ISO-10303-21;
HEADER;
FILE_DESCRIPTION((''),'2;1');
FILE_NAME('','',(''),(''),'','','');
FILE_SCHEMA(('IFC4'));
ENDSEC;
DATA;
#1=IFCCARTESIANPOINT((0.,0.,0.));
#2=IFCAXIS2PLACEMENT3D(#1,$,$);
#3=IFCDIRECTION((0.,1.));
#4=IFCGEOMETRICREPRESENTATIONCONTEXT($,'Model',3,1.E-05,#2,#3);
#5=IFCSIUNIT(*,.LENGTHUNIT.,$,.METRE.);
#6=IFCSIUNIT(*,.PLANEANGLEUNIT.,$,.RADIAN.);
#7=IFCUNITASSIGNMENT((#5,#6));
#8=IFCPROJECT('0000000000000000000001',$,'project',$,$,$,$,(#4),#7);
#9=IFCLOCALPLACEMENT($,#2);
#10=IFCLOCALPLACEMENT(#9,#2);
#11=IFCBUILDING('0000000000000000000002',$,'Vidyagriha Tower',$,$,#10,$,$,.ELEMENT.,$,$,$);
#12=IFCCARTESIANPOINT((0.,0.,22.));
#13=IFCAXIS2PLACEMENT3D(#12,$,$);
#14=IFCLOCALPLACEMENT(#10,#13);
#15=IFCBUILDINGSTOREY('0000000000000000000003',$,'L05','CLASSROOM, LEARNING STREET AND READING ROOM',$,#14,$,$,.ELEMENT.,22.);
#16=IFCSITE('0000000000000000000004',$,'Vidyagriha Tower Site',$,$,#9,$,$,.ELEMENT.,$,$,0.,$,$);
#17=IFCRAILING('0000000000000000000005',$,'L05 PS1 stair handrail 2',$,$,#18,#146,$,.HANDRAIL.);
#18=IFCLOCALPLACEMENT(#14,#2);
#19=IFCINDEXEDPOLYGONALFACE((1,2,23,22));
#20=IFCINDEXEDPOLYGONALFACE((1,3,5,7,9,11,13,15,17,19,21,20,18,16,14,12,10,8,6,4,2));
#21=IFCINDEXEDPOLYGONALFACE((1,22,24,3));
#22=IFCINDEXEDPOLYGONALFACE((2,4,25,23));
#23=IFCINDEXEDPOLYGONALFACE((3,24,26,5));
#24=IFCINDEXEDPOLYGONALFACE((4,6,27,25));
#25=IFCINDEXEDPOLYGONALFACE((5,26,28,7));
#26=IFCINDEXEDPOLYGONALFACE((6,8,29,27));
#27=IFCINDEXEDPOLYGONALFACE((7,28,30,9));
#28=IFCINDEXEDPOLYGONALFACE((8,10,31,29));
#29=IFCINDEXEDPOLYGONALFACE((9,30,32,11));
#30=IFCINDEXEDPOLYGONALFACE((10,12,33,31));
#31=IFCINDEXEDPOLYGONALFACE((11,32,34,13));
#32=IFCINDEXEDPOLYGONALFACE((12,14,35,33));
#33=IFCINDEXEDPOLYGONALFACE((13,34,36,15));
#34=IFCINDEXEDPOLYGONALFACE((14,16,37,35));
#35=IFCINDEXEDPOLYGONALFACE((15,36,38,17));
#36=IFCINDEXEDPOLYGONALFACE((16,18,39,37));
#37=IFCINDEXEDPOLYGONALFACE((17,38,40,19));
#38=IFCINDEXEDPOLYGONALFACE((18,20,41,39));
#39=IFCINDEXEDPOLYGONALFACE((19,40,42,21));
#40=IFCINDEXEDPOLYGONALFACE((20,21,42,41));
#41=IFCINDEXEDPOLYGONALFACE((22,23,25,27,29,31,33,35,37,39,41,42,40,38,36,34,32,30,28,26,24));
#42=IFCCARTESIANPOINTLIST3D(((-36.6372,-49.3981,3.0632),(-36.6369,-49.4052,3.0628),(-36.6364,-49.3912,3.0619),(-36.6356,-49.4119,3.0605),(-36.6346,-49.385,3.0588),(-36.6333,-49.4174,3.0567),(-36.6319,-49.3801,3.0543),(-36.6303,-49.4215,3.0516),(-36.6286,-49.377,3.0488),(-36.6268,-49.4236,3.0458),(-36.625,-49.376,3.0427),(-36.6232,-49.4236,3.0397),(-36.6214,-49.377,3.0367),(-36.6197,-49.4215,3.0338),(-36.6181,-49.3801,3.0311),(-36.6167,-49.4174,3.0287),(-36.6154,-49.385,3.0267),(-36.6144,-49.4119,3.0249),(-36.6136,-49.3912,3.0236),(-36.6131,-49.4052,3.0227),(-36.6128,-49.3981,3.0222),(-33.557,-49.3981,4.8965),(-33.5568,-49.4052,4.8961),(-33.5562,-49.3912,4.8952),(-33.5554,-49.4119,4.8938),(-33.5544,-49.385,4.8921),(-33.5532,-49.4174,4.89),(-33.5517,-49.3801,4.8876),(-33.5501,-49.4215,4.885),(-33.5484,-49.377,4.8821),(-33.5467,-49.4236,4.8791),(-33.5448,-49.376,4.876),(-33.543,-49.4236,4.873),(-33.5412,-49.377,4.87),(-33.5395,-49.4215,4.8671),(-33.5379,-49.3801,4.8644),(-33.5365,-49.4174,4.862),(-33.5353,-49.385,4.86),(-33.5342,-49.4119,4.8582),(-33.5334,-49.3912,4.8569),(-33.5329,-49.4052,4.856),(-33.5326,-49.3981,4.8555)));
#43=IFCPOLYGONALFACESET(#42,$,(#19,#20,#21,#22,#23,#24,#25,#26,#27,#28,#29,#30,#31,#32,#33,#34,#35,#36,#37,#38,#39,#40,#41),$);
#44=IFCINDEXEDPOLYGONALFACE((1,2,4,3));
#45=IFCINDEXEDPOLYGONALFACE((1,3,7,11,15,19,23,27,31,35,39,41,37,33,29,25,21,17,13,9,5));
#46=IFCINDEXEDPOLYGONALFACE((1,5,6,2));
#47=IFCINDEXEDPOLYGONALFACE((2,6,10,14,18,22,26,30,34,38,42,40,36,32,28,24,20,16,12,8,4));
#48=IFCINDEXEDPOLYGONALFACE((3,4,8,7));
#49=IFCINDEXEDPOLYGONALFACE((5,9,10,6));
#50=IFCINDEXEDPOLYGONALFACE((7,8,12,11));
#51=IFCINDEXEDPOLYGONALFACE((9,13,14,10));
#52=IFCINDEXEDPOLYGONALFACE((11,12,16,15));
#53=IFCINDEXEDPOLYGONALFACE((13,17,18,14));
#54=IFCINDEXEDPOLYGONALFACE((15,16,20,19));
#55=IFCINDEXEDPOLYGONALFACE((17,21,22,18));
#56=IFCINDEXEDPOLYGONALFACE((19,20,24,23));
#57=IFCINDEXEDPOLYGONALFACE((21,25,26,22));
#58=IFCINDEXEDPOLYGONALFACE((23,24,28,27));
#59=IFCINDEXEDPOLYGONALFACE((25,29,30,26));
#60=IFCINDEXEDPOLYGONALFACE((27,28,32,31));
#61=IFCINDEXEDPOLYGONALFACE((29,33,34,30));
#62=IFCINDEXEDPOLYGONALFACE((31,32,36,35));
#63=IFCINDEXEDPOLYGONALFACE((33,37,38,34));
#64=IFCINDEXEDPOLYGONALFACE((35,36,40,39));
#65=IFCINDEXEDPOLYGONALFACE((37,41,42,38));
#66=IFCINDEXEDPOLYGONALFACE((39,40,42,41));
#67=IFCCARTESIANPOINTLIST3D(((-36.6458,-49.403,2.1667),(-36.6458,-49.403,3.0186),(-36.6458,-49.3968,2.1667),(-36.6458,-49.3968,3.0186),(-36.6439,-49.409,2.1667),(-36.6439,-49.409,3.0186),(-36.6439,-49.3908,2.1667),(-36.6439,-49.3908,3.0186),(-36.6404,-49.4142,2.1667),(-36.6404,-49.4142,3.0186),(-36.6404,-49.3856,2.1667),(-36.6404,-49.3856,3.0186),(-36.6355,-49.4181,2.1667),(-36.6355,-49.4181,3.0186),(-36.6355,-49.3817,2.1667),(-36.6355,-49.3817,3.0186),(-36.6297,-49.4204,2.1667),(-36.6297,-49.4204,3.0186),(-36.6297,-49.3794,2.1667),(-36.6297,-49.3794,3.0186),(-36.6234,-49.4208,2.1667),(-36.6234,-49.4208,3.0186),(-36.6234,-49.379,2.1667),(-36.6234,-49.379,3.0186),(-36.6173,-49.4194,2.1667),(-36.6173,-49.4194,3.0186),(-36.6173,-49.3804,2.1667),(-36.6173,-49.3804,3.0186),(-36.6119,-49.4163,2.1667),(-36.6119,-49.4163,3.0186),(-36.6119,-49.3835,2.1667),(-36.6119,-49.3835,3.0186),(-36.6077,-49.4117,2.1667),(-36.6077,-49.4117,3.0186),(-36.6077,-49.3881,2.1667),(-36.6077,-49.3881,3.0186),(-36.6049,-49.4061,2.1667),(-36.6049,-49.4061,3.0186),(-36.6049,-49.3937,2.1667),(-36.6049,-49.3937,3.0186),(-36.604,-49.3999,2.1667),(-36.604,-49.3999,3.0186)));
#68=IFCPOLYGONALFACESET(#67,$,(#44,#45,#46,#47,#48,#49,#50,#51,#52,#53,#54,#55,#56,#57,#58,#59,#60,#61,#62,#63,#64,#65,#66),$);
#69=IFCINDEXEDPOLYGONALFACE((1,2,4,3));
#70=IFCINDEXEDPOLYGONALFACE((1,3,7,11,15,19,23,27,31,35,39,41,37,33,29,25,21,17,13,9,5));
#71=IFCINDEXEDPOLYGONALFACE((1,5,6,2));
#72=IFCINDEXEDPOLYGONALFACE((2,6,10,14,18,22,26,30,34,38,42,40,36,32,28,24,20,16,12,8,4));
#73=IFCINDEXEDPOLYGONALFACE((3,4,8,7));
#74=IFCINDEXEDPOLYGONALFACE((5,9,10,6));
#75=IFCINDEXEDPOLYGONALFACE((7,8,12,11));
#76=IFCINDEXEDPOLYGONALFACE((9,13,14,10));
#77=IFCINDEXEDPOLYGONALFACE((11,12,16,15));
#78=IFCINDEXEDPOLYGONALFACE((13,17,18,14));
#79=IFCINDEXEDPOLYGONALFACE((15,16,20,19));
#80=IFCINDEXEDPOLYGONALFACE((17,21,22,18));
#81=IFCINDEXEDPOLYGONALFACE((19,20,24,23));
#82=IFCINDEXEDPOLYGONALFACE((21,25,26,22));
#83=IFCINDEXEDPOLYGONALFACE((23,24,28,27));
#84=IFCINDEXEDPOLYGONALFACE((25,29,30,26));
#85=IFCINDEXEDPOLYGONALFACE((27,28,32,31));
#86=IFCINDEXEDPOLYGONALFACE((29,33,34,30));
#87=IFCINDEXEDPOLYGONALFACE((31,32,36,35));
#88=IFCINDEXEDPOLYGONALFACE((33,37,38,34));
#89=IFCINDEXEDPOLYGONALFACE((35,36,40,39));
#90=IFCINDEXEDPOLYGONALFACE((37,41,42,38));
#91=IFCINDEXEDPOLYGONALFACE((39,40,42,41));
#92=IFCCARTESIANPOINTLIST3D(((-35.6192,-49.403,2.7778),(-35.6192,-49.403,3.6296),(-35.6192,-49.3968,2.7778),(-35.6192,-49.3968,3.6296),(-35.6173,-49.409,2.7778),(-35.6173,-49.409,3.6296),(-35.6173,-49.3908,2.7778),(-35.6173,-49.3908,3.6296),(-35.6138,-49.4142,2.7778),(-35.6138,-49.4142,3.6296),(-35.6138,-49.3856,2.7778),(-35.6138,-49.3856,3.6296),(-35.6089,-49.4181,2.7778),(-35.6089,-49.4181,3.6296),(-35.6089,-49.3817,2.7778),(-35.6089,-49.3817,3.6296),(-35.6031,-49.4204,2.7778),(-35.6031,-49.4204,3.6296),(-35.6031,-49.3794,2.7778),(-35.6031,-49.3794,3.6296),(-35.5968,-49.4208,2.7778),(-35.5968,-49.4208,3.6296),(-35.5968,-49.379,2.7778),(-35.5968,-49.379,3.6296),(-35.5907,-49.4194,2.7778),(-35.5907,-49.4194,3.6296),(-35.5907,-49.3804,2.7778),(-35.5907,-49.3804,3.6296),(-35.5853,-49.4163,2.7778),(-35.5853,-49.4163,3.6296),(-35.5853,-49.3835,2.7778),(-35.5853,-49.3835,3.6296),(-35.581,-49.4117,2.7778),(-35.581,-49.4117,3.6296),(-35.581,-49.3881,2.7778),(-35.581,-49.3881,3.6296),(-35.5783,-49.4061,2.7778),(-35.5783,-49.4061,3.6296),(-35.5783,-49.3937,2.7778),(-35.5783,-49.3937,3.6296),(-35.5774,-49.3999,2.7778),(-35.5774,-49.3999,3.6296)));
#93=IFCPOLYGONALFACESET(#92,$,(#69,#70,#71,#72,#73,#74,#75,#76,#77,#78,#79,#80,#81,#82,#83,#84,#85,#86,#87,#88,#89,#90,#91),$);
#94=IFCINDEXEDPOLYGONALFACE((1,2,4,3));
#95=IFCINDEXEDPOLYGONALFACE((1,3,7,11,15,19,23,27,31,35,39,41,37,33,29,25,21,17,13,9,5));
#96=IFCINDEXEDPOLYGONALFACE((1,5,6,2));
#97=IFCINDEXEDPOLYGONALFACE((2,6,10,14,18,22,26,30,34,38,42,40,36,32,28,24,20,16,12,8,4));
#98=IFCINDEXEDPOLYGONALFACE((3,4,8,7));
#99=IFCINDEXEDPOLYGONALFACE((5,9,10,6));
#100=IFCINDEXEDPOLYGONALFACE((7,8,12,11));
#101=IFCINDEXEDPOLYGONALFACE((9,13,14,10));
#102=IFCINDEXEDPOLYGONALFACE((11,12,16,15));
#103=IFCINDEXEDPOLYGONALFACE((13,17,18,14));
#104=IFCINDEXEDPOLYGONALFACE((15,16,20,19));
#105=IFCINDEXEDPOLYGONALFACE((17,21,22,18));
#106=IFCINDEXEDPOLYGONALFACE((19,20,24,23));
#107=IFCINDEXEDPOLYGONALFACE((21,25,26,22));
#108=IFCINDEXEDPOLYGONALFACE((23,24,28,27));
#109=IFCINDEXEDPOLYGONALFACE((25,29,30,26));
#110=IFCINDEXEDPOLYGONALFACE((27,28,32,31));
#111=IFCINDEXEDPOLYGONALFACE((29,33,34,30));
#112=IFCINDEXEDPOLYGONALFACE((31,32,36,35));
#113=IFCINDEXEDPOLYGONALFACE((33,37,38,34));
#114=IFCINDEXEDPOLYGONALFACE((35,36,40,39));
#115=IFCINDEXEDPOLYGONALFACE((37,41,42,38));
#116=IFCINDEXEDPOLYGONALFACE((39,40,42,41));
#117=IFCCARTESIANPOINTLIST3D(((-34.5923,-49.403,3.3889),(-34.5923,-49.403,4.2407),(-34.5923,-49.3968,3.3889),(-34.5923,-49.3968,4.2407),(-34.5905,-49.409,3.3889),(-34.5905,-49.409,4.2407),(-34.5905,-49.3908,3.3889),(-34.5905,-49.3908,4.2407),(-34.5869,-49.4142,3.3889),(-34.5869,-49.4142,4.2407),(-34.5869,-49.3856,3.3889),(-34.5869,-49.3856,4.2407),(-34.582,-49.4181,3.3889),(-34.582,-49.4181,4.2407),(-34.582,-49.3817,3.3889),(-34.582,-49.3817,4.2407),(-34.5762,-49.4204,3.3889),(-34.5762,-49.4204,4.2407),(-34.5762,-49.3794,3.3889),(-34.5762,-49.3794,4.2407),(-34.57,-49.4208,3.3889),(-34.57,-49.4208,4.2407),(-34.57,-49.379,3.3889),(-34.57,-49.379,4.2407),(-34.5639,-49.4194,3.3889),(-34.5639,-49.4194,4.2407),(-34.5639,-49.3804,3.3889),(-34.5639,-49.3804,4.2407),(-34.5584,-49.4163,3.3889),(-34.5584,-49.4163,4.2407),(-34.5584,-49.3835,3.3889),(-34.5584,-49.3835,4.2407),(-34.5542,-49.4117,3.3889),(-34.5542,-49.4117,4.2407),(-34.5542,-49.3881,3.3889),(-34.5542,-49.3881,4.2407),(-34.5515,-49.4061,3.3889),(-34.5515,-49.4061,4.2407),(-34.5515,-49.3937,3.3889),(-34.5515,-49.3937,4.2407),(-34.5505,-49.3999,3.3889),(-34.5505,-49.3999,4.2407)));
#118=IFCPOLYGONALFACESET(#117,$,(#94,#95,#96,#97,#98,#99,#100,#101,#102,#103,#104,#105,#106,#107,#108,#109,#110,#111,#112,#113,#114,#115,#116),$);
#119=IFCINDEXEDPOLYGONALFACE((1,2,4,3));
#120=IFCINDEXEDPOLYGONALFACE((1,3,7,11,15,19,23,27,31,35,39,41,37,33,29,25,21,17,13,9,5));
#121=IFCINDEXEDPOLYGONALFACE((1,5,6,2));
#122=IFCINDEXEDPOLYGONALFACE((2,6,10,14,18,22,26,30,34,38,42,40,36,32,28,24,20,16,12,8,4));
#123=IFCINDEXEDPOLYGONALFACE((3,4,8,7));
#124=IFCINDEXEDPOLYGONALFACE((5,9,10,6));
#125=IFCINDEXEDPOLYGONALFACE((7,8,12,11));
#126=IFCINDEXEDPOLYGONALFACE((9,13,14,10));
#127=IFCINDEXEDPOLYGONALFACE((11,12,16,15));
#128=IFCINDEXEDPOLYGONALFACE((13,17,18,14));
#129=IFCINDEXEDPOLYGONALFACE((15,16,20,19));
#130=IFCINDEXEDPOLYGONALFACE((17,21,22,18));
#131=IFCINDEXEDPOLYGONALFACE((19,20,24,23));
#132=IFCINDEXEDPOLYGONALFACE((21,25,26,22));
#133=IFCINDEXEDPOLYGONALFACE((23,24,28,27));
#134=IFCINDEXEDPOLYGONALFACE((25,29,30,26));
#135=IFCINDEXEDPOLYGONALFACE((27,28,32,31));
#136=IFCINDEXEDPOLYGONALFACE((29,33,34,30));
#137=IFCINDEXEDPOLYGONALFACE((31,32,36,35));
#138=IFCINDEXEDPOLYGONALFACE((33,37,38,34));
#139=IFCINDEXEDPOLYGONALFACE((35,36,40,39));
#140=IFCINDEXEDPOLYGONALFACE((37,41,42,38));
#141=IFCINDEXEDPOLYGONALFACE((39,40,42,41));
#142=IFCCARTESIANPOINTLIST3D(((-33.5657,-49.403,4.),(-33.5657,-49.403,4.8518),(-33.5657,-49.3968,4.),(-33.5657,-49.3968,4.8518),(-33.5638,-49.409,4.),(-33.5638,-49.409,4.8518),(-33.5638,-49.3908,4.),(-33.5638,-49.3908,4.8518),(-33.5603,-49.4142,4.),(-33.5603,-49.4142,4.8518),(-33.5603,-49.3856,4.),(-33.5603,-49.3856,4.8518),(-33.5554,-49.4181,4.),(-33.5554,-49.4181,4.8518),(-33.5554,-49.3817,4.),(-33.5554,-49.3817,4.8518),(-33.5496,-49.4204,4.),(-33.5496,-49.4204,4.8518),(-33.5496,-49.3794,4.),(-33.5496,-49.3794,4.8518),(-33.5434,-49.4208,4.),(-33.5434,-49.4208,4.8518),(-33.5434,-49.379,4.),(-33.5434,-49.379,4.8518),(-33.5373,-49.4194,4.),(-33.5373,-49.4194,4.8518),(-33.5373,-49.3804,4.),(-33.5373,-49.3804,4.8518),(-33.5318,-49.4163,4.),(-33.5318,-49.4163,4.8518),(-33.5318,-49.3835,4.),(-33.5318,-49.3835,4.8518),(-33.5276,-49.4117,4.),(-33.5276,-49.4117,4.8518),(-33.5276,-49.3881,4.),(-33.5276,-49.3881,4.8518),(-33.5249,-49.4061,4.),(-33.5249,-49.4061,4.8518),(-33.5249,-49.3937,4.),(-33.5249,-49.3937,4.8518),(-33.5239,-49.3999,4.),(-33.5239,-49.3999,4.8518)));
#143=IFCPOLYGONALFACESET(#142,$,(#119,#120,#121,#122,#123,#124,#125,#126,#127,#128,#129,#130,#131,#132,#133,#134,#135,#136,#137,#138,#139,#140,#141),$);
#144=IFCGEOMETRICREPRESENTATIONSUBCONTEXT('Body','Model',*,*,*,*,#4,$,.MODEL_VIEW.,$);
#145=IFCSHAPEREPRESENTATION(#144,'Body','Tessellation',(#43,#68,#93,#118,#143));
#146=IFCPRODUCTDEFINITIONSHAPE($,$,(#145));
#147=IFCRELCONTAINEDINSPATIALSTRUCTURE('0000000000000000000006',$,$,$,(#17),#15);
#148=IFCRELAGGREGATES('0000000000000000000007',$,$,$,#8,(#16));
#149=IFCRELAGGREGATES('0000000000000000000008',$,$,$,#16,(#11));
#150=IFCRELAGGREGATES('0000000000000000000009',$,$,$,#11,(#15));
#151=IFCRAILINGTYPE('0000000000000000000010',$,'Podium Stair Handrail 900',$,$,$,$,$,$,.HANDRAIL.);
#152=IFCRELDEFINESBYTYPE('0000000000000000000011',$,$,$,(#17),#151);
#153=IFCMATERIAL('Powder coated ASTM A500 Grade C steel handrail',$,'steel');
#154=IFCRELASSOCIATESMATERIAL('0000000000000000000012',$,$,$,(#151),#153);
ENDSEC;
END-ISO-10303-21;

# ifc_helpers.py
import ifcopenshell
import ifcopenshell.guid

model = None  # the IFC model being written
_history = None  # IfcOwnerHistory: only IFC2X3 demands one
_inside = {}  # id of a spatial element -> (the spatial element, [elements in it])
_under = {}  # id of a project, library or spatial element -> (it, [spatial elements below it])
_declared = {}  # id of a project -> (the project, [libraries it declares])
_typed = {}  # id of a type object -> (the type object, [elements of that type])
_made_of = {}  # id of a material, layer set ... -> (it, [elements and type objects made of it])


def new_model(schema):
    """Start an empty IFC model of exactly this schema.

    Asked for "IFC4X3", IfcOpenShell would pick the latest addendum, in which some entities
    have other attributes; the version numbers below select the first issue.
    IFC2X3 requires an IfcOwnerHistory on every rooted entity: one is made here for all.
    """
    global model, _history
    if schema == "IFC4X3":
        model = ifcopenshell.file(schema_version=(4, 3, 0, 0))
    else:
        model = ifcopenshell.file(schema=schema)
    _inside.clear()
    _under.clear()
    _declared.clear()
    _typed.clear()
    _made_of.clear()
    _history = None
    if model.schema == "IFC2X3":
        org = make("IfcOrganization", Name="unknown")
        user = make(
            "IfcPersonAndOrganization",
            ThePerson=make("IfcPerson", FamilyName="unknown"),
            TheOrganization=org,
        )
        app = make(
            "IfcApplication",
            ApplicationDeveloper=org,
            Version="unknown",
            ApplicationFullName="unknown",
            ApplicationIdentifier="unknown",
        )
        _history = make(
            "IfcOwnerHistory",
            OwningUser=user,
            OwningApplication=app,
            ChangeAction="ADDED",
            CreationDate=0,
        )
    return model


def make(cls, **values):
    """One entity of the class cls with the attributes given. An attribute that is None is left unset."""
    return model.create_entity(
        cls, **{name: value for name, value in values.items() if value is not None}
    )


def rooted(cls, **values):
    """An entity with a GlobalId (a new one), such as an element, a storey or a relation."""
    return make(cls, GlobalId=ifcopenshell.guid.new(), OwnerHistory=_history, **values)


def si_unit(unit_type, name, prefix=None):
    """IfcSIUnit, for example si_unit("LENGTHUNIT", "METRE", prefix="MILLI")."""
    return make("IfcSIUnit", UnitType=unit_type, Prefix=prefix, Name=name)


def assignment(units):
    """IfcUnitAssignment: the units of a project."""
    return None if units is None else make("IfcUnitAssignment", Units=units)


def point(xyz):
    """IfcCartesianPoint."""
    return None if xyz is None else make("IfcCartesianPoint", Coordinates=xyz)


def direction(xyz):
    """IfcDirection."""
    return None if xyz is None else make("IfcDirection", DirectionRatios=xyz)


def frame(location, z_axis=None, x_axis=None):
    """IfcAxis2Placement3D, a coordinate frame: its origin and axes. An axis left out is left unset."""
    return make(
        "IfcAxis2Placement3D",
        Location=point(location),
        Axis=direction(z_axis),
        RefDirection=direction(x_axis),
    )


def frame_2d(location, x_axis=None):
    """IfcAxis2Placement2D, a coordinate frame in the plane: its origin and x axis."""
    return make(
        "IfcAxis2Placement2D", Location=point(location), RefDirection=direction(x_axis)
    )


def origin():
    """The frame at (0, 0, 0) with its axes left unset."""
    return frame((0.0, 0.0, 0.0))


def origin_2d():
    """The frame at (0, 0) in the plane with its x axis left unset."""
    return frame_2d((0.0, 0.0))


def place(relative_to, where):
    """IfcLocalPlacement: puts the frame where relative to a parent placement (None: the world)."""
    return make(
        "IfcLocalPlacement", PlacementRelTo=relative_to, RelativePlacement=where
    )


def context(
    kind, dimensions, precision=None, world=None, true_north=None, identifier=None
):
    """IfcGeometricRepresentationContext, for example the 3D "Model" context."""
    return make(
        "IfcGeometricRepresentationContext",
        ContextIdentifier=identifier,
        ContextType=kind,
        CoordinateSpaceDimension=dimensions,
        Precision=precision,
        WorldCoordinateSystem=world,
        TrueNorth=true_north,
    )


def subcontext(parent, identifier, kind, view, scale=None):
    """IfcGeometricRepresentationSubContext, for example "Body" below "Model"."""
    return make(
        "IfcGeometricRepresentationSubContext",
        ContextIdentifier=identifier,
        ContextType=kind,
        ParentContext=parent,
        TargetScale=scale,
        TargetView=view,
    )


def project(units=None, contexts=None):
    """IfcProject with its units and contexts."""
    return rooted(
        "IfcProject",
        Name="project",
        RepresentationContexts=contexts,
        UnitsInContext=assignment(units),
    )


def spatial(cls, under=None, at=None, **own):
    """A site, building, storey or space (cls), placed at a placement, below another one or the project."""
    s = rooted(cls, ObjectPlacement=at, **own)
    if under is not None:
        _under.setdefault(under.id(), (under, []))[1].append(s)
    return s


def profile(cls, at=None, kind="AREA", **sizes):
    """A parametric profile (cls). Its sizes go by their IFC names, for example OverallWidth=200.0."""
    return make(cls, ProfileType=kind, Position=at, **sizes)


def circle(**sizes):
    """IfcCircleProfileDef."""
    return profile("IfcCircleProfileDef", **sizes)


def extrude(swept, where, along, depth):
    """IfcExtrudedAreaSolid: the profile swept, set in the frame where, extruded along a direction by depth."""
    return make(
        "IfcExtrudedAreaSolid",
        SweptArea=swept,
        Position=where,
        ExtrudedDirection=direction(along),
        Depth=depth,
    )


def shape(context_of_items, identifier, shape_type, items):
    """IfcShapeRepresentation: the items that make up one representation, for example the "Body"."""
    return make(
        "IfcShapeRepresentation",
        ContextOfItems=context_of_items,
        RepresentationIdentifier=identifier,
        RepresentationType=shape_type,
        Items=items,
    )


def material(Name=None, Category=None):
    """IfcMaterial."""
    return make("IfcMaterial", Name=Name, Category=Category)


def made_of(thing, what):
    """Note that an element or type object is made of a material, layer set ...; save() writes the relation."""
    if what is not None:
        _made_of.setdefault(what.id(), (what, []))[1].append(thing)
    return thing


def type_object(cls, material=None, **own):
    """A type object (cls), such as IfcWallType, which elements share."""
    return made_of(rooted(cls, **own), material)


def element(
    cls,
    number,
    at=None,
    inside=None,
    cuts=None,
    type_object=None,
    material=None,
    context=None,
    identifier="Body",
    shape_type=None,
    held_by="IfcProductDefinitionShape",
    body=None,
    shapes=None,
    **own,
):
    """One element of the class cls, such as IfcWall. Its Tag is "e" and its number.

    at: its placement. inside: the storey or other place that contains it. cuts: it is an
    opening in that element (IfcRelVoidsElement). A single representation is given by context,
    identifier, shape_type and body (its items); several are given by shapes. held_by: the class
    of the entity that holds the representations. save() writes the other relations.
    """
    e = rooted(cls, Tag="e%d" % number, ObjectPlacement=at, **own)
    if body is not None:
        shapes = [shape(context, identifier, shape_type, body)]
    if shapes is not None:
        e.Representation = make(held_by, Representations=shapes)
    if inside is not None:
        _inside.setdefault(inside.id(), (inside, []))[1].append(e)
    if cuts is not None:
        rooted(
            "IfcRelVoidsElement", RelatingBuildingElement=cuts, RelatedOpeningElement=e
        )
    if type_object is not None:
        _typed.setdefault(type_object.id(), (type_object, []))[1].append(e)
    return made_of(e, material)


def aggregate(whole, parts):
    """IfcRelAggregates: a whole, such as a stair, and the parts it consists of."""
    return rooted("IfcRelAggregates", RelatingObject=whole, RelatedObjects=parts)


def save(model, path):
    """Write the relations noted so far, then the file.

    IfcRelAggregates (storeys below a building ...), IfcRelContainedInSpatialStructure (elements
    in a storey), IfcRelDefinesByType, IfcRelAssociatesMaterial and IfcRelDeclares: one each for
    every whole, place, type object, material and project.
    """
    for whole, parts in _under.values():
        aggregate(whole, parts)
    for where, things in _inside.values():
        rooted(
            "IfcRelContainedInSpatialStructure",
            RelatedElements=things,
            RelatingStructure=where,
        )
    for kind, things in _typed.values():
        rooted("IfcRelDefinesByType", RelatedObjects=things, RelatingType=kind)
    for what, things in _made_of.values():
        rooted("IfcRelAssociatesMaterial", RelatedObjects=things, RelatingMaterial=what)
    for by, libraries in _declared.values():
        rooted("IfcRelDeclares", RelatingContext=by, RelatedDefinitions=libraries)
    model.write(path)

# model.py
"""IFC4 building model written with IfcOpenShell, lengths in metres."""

from ifc_helpers import new_model, si_unit, direction, frame, origin, origin_2d, place, context, subcontext, project, spatial, circle, extrude, material, type_object, element, save


model = new_model("IFC4")

# Units and contexts
model_context = context("Model", 3, precision=1e-05, world=origin(), true_north=direction((0.0, 1.0)))
body_context = subcontext(model_context, "Body", "Model", "MODEL_VIEW")
ifc_project = project(units=[si_unit("LENGTHUNIT", "METRE"), si_unit("PLANEANGLEUNIT", "RADIAN")], contexts=[model_context])

# Site, building, storey
site_placement = place(None, origin())
site = spatial("IfcSite", under=ifc_project, at=site_placement, Name="Vidyagriha Tower Site", CompositionType="ELEMENT", RefElevation=0.0)
building_placement = place(site_placement, origin())
building = spatial("IfcBuilding", under=site, at=building_placement, Name="Vidyagriha Tower", CompositionType="ELEMENT")
storey_placement = place(building_placement, frame((0.0, 0.0, 22.0)))
storey = spatial("IfcBuildingStorey", under=building, at=storey_placement, Name="L05", Description="CLASSROOM, LEARNING STREET AND READING ROOM", CompositionType="ELEMENT", Elevation=22.0)

# Railing
ifc_material_1 = material(Name="Powder coated ASTM A500 Grade C steel handrail", Category="steel")
railing_type_1 = type_object("IfcRailingType", Name="Podium Stair Handrail 900", PredefinedType="HANDRAIL", material=ifc_material_1)
railing_1_placement = place(storey_placement, frame((-36.625, -49.3999, 2.1667)))
element("IfcRailing", 1, at=railing_1_placement, inside=storey, type_object=railing_type_1, Name="L05 PS1 stair handrail 2", PredefinedType="HANDRAIL", context=body_context, shape_type="SweptSolid", body=[
    extrude(circle(Radius=0.0239, at=origin_2d()), frame((0.0, 0.0, 0.876), z_axis=(0.859309, 0.0, 0.511458), x_axis=(0.0, 1.0, 0.0)), (0.0, 0.0, 1.0), 3.5845),
    extrude(circle(Radius=0.021, at=origin_2d()), origin(), (0.0, 0.0, 1.0), 0.8518),
    extrude(circle(Radius=0.021, at=origin_2d()), frame((1.0266, 0.0, 0.6111)), (0.0, 0.0, 1.0), 0.8518),
    extrude(circle(Radius=0.021, at=origin_2d()), frame((2.0535, 0.0, 1.2222)), (0.0, 0.0, 1.0), 0.8518),
    extrude(circle(Radius=0.021, at=origin_2d()), frame((3.0801, 0.0, 1.8333)), (0.0, 0.0, 1.0), 0.8518),
])

save(model, "model.ifc")
